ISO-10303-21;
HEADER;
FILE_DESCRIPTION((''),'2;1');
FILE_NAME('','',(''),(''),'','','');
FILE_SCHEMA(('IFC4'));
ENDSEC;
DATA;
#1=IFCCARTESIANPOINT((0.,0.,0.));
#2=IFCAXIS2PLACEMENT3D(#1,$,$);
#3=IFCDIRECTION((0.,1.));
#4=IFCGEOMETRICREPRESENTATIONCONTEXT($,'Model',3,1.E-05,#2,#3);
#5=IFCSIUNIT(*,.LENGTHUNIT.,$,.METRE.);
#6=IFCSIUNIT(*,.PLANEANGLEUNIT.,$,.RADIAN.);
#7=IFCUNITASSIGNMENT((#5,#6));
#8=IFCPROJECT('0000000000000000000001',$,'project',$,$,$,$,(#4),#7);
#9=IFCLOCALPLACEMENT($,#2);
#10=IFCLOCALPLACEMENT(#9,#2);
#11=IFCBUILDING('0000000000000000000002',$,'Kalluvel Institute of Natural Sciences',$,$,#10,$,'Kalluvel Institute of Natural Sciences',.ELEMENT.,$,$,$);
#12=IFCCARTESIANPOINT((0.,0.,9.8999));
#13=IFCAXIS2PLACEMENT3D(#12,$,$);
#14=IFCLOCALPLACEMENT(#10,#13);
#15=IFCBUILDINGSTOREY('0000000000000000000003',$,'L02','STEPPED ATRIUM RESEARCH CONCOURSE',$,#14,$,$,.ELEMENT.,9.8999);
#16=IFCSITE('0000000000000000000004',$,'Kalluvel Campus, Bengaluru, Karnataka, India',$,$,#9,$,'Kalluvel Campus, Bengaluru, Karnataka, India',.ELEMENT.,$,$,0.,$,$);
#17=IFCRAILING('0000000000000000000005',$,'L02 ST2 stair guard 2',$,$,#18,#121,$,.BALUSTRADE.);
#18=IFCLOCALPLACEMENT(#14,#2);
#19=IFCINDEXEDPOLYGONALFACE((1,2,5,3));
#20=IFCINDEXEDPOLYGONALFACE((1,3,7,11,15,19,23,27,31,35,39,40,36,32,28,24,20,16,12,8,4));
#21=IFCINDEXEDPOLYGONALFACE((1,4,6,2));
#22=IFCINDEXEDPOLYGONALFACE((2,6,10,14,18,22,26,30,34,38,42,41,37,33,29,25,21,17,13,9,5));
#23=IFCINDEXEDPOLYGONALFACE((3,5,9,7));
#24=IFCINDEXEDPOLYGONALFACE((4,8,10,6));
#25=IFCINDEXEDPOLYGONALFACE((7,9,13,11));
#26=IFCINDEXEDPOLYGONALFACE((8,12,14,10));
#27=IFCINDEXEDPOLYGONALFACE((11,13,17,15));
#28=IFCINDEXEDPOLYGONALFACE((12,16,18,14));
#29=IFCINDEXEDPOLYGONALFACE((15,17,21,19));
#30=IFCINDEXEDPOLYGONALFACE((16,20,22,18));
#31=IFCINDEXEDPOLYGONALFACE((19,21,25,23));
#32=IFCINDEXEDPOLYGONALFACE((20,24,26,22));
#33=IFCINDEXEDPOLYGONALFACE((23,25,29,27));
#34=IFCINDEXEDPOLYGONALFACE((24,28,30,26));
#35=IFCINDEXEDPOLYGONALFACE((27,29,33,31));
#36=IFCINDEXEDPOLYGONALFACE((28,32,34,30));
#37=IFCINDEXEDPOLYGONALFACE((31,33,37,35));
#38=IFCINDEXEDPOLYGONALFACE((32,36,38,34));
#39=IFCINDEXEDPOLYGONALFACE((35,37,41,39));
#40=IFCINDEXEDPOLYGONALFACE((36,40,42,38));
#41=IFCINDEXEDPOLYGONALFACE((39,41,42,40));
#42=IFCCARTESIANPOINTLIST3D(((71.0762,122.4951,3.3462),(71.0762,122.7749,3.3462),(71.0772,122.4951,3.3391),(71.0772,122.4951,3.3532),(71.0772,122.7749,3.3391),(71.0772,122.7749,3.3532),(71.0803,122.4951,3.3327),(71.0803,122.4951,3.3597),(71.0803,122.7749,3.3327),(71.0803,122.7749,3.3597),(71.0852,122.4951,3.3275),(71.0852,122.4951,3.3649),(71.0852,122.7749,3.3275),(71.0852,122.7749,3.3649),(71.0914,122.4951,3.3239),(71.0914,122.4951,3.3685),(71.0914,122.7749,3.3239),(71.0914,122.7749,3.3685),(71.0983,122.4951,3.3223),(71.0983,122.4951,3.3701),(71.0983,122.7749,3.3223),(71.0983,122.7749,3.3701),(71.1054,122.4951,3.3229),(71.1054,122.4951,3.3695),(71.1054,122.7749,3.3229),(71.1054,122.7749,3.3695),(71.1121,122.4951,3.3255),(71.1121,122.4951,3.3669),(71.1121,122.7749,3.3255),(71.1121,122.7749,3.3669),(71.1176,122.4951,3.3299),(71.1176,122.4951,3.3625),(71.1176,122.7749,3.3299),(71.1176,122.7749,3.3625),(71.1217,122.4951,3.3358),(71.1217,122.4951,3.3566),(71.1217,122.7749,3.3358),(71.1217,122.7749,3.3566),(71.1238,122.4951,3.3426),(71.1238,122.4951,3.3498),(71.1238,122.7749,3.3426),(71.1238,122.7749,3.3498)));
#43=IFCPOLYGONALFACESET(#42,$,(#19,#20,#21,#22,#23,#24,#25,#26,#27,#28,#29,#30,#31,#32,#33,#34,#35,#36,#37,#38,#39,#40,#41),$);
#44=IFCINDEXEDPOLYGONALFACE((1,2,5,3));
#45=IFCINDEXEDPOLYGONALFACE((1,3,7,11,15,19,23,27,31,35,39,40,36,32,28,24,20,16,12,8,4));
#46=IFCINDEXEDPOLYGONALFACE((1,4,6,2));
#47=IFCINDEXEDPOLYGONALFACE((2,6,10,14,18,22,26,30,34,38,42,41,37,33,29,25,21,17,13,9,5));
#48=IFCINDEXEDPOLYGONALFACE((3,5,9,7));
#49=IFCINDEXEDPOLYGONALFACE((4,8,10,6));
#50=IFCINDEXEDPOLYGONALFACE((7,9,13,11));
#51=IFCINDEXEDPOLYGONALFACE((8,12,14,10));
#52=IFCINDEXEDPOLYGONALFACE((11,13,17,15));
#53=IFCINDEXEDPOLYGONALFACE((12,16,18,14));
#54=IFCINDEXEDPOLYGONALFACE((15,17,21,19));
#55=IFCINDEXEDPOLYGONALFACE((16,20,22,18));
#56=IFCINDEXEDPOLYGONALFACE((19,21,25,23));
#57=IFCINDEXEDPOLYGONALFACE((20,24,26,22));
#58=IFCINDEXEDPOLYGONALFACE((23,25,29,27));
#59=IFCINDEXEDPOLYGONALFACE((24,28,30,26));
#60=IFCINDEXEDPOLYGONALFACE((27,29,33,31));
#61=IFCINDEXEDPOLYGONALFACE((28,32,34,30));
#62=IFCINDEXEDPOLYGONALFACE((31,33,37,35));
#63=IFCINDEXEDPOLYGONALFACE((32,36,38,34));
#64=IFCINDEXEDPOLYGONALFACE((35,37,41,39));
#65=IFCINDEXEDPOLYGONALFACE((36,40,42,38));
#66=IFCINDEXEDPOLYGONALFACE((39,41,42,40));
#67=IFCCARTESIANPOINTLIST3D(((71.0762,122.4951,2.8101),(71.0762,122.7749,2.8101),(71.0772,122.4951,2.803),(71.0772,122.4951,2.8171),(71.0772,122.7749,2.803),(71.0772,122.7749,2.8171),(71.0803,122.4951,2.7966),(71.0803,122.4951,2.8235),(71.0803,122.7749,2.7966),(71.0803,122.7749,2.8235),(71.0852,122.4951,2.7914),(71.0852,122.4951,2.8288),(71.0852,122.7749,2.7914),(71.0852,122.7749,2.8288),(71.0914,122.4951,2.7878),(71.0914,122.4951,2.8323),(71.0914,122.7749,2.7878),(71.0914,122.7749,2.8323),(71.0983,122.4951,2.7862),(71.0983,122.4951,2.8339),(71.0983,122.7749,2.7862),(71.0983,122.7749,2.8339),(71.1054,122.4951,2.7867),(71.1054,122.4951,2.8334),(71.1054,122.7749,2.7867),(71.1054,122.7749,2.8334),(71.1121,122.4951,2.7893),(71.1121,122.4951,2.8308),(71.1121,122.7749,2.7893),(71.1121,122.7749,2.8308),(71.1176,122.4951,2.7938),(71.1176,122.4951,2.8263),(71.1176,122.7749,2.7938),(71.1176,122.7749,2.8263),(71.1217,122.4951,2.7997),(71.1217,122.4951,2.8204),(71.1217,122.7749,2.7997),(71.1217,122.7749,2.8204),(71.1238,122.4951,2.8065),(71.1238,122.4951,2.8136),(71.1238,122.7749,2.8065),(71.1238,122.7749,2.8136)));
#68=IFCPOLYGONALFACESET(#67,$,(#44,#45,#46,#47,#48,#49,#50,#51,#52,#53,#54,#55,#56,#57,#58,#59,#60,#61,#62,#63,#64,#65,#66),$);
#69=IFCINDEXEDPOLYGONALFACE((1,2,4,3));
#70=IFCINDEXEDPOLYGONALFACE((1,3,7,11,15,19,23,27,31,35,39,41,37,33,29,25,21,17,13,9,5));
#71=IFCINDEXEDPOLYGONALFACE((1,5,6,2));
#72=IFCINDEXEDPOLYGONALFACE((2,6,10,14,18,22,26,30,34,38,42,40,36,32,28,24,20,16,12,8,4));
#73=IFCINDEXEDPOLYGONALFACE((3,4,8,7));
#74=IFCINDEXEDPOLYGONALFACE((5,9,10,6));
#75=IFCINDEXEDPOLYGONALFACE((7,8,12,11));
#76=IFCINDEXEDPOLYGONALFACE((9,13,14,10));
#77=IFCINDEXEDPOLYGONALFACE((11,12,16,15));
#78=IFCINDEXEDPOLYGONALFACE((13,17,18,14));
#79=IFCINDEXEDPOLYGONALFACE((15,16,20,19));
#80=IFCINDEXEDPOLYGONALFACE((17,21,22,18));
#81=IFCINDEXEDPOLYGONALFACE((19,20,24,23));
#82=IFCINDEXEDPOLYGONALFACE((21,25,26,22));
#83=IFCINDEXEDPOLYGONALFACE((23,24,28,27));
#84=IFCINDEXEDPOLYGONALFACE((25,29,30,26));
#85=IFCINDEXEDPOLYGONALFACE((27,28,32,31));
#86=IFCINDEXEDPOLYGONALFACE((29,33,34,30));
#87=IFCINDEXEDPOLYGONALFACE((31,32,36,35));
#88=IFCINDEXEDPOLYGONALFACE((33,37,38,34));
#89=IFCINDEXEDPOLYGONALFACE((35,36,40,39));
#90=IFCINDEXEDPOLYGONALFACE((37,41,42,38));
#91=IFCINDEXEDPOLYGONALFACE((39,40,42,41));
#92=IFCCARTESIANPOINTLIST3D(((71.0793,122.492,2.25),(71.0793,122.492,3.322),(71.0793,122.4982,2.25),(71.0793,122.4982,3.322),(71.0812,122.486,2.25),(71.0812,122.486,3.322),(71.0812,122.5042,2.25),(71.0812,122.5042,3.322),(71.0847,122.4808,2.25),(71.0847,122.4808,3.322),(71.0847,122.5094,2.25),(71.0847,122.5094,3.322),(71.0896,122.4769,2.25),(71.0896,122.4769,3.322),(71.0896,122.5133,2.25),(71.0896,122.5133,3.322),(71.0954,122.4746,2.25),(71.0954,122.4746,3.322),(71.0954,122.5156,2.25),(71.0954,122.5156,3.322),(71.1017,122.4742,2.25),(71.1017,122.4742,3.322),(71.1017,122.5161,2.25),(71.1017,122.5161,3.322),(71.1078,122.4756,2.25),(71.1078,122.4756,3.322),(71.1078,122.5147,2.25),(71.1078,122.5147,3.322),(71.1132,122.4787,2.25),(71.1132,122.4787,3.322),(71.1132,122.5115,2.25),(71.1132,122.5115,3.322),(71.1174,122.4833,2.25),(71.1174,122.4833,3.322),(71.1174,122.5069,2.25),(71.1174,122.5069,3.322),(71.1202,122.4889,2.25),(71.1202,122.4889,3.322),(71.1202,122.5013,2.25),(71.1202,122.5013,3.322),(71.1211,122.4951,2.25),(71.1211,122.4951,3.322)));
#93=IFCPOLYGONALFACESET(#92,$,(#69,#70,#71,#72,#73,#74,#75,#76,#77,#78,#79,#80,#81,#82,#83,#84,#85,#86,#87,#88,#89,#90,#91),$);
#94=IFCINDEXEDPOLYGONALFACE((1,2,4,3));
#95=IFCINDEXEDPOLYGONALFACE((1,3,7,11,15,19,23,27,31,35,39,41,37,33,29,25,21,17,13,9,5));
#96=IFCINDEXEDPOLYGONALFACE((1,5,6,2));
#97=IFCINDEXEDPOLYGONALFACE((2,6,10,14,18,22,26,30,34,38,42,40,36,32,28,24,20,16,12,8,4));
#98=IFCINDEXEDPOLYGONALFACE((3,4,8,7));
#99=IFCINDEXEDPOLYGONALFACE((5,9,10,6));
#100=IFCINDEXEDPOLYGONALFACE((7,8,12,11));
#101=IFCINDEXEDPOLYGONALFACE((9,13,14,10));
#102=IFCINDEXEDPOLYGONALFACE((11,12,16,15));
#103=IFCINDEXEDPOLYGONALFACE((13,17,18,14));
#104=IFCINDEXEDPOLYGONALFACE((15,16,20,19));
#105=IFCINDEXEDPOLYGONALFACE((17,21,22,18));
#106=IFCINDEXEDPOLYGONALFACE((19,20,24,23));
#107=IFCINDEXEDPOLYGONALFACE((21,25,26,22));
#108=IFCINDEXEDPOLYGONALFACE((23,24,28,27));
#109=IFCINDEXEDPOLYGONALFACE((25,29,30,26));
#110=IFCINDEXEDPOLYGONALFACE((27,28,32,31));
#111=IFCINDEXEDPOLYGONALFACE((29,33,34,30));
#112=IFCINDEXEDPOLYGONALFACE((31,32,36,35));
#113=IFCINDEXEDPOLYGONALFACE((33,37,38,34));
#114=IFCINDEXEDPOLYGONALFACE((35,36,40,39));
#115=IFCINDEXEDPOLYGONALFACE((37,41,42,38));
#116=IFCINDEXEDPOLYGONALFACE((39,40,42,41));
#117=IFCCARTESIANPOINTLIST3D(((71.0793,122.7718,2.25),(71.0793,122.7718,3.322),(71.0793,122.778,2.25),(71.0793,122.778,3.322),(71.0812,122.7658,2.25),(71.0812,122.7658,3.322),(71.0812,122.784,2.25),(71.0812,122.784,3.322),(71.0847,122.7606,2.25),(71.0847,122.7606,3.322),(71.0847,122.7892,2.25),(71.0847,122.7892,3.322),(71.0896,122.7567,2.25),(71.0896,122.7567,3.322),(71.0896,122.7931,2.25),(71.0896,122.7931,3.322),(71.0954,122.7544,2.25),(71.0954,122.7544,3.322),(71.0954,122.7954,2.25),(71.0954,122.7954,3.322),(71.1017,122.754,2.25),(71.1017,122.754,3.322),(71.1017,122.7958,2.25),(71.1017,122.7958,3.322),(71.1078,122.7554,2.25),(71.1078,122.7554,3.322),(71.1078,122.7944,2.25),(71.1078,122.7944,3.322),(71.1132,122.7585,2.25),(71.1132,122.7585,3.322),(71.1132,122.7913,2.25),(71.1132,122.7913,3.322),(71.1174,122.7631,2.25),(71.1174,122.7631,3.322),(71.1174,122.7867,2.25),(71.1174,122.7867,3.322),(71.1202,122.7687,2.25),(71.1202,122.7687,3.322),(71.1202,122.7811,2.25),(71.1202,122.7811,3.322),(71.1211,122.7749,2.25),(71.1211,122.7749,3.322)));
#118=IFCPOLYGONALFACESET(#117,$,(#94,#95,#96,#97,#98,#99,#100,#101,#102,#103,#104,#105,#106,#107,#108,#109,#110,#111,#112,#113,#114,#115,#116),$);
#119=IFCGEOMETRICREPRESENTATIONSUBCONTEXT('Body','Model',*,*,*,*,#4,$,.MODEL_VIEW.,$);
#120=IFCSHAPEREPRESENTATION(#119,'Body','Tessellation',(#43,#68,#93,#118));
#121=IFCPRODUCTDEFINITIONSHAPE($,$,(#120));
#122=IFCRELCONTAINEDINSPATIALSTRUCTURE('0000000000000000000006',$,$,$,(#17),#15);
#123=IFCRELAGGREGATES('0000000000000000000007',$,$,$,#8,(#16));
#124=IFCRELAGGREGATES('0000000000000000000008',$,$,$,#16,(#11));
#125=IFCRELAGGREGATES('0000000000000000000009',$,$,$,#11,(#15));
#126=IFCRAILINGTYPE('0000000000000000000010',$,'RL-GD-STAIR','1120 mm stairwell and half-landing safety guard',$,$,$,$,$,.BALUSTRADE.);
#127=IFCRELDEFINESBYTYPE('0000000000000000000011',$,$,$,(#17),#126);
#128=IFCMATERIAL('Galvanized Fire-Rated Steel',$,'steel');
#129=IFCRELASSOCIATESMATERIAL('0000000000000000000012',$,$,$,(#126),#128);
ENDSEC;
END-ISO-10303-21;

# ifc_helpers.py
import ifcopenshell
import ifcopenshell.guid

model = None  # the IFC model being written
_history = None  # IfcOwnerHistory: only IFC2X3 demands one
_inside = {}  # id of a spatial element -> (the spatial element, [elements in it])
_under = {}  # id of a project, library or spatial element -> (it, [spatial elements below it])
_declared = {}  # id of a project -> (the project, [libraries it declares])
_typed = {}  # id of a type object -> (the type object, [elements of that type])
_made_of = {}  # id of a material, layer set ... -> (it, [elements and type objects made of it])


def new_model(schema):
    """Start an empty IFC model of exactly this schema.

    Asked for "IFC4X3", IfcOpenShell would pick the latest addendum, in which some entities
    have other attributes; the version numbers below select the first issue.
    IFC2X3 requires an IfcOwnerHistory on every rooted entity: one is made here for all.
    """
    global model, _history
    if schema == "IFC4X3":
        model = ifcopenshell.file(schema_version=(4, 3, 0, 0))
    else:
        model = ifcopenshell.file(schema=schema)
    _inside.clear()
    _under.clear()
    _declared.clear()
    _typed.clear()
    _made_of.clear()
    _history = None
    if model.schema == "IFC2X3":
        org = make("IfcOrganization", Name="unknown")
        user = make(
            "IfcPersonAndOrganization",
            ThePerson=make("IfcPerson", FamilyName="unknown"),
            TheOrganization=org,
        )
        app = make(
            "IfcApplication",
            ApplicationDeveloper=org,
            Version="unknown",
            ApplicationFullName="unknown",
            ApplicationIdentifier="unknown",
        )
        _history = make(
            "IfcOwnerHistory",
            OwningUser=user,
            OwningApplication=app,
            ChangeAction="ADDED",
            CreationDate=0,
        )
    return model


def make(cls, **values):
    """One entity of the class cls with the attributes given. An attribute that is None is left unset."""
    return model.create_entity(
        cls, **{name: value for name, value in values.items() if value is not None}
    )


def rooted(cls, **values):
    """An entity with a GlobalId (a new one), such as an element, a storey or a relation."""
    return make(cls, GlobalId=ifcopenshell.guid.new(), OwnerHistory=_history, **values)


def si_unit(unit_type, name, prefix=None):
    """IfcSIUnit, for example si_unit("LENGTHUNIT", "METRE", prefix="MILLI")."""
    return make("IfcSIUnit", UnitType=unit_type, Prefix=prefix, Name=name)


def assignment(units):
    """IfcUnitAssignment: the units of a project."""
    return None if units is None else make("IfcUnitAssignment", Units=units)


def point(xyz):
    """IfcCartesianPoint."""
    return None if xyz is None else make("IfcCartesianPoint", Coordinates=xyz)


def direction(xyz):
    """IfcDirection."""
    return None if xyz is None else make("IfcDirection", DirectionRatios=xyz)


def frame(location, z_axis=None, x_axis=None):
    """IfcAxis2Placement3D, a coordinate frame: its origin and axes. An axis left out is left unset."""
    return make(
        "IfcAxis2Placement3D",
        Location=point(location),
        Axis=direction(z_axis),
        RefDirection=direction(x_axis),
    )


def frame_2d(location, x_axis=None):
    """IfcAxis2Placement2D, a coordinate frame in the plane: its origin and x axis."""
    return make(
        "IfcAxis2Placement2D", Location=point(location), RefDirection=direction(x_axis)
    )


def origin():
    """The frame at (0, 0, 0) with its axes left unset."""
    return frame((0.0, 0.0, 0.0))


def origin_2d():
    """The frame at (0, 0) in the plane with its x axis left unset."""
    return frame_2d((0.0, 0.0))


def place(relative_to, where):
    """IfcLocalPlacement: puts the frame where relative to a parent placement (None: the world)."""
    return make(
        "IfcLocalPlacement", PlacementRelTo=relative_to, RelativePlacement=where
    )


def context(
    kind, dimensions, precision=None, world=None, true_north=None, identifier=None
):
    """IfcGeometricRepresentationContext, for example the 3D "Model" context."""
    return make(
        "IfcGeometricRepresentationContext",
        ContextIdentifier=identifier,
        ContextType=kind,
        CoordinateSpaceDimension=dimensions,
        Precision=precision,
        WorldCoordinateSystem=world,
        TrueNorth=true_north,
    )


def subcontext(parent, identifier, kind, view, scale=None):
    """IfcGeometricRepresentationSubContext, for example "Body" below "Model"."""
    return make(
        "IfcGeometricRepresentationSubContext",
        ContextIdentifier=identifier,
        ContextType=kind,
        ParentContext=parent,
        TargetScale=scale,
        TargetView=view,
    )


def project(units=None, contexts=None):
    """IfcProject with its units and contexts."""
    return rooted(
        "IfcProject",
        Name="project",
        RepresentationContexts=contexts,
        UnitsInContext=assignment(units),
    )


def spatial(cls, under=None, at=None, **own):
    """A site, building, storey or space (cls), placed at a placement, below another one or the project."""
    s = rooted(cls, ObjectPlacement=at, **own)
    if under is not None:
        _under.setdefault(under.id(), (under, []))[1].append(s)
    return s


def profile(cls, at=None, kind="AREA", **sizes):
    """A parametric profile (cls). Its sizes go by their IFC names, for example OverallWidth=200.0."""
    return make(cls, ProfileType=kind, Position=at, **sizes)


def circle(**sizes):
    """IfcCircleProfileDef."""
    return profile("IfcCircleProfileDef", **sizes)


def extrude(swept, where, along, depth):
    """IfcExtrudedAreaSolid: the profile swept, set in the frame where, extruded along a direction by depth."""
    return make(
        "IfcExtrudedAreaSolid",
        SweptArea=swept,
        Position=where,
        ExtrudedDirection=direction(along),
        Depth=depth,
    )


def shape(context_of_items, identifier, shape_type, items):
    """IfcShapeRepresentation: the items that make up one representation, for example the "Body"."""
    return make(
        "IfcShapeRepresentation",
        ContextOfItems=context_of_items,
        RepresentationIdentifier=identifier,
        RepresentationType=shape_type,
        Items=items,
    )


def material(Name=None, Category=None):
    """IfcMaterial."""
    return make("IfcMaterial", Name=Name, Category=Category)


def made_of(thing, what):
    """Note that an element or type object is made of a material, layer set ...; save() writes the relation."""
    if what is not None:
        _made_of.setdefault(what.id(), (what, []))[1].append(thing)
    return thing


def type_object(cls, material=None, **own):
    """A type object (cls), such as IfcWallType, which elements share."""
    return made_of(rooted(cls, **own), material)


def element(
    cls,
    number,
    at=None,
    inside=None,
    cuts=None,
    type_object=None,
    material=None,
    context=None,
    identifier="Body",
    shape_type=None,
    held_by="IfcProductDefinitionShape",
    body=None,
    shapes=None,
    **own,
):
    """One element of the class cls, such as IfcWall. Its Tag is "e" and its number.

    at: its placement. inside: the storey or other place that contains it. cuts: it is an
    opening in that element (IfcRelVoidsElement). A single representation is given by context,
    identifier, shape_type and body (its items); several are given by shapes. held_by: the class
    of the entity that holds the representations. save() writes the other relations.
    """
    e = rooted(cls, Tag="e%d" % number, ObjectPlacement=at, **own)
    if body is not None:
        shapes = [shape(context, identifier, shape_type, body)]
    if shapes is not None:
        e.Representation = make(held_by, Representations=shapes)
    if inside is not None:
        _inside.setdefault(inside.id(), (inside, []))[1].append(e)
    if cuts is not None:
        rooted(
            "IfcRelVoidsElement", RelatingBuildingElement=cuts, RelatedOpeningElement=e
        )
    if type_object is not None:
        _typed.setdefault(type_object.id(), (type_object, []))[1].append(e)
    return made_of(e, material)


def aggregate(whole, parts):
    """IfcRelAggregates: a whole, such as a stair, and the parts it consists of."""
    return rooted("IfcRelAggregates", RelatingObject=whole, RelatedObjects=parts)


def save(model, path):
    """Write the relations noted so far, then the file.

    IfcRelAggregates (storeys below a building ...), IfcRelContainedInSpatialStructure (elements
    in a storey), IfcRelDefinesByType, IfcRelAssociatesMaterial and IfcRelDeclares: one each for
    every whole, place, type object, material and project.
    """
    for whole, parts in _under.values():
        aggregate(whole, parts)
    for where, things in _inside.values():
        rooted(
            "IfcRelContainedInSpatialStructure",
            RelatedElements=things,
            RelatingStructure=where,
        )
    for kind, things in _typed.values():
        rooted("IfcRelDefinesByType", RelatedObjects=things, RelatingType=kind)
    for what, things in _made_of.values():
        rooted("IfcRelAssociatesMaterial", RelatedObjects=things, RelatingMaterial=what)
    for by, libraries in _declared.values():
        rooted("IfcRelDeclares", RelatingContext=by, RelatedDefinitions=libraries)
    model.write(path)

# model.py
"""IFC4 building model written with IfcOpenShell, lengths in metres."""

from ifc_helpers import new_model, si_unit, direction, frame, origin, origin_2d, place, context, subcontext, project, spatial, circle, extrude, material, type_object, element, save


model = new_model("IFC4")

# Units and contexts
model_context = context("Model", 3, precision=1e-05, world=origin(), true_north=direction((0.0, 1.0)))
body_context = subcontext(model_context, "Body", "Model", "MODEL_VIEW")
ifc_project = project(units=[si_unit("LENGTHUNIT", "METRE"), si_unit("PLANEANGLEUNIT", "RADIAN")], contexts=[model_context])

# Site, building, storey
site_placement = place(None, origin())
site = spatial("IfcSite", under=ifc_project, at=site_placement, Name="Kalluvel Campus, Bengaluru, Karnataka, India", LongName="Kalluvel Campus, Bengaluru, Karnataka, India", CompositionType="ELEMENT", RefElevation=0.0)
building_placement = place(site_placement, origin())
building = spatial("IfcBuilding", under=site, at=building_placement, Name="Kalluvel Institute of Natural Sciences", LongName="Kalluvel Institute of Natural Sciences", CompositionType="ELEMENT")
storey_placement = place(building_placement, frame((0.0, 0.0, 9.8999)))
storey = spatial("IfcBuildingStorey", under=building, at=storey_placement, Name="L02", Description="STEPPED ATRIUM RESEARCH CONCOURSE", CompositionType="ELEMENT", Elevation=9.8999)

# Shared definitions
ifc_material_1 = material(Name="Galvanized Fire-Rated Steel", Category="steel")

# Railing
railing_type_1 = type_object("IfcRailingType", Name="RL-GD-STAIR", Description="1120 mm stairwell and half-landing safety guard", PredefinedType="BALUSTRADE", material=ifc_material_1)
railing_1_placement = place(storey_placement, frame((71.1001, 122.4951, 2.25)))
element("IfcRailing", 1, at=railing_1_placement, inside=storey, type_object=railing_type_1, Name="L02 ST2 stair guard 2", PredefinedType="BALUSTRADE", context=body_context, shape_type="SweptSolid", body=[
    extrude(circle(Radius=0.0239, at=origin_2d()), frame((0.0, 0.0, 1.0962), z_axis=(0.0, 1.0, 0.0), x_axis=(-1.0, 0.0, 0.0)), (0.0, 0.0, 1.0), 0.2798),
    extrude(circle(Radius=0.0239, at=origin_2d()), frame((0.0, 0.0, 0.5601), z_axis=(0.0, 1.0, 0.0), x_axis=(-1.0, 0.0, 0.0)), (0.0, 0.0, 1.0), 0.2798),
    extrude(circle(Radius=0.021, at=origin_2d()), origin(), (0.0, 0.0, 1.0), 1.072),
    extrude(circle(Radius=0.021, at=origin_2d()), frame((0.0, 0.2798, 0.0)), (0.0, 0.0, 1.0), 1.072),
])

save(model, "model.ifc")
